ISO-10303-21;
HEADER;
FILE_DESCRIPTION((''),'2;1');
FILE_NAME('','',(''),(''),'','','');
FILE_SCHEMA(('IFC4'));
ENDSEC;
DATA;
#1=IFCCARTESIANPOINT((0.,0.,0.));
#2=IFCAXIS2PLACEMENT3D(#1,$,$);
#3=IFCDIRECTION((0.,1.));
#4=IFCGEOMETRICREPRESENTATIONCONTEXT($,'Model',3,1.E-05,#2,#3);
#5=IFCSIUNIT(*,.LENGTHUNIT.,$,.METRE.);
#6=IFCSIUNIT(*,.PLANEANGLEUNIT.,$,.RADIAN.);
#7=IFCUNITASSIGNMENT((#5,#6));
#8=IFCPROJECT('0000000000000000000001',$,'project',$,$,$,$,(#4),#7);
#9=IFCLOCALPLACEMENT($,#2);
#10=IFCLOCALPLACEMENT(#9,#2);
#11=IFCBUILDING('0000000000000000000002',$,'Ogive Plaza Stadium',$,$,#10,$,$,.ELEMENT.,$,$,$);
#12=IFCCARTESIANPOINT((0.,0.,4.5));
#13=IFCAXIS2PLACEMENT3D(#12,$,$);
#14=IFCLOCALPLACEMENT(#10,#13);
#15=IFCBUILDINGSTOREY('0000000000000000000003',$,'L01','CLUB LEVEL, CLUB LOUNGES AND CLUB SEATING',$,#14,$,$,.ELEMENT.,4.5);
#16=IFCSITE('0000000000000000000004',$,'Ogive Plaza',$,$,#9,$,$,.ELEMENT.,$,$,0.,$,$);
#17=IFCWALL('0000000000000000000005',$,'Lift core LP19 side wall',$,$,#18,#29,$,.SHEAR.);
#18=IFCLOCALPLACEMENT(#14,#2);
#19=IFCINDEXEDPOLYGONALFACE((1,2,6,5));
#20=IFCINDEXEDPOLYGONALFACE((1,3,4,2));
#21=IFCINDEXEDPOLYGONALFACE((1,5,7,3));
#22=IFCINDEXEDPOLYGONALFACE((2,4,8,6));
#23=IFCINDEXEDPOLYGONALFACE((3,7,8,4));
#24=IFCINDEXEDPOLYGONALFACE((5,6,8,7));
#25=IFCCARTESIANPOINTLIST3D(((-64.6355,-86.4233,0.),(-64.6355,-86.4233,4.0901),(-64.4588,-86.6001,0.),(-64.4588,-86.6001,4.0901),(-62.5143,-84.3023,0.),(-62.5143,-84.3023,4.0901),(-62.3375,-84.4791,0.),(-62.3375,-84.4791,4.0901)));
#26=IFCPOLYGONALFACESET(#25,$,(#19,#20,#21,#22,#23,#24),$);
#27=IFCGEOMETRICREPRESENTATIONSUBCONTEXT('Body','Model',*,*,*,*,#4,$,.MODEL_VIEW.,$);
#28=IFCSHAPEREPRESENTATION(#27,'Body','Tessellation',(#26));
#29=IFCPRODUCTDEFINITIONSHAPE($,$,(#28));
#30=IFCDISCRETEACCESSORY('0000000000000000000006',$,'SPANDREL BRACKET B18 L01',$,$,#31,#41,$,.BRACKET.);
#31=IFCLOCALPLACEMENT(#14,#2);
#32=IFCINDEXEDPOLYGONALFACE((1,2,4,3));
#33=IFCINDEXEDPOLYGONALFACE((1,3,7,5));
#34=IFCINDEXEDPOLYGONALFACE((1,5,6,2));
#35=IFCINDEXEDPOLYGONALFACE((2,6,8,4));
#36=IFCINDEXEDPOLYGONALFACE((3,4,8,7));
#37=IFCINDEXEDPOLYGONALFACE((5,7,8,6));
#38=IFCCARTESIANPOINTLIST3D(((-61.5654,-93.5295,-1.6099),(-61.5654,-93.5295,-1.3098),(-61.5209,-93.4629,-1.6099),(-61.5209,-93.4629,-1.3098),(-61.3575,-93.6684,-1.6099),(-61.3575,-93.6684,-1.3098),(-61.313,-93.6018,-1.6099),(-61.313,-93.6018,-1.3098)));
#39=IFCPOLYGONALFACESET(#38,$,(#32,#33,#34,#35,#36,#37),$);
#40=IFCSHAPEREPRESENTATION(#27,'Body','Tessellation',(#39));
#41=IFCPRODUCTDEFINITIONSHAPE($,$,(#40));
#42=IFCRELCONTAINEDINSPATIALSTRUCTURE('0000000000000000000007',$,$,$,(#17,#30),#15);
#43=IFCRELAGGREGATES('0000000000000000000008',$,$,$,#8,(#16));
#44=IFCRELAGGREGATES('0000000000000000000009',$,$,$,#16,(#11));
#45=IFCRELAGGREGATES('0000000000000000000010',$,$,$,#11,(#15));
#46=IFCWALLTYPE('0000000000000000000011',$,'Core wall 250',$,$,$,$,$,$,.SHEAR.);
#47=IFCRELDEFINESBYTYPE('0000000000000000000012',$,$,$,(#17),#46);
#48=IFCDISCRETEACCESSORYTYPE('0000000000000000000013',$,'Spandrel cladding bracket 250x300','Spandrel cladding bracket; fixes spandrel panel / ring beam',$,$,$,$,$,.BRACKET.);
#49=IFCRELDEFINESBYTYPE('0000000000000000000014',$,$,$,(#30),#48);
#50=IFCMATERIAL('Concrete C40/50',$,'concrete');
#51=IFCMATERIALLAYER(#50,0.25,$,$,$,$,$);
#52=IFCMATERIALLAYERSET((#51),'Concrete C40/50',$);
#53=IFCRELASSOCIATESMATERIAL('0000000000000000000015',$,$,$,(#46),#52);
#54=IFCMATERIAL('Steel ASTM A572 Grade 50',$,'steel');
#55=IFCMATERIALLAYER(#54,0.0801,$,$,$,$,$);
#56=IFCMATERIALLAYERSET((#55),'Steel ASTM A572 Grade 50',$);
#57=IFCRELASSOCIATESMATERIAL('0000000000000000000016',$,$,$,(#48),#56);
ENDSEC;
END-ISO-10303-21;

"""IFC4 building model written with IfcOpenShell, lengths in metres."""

from ifc_helpers import new_model, si_unit, direction, frame, frame_2d, origin, origin_2d, place, context, subcontext, project, spatial, rectangle, extrude, material, layer, layer_set, type_object, element, save


model = new_model("IFC4")

# Units and contexts
model_context = context("Model", 3, precision=1e-05, world=origin(), true_north=direction((0.0, 1.0)))
body_context = subcontext(model_context, "Body", "Model", "MODEL_VIEW")
ifc_project = project(units=[si_unit("LENGTHUNIT", "METRE"), si_unit("PLANEANGLEUNIT", "RADIAN")], contexts=[model_context])

# Site, building, storey
site_placement = place(None, origin())
site = spatial("IfcSite", under=ifc_project, at=site_placement, Name="Ogive Plaza", CompositionType="ELEMENT", RefElevation=0.0)
building_placement = place(site_placement, origin())
building = spatial("IfcBuilding", under=site, at=building_placement, Name="Ogive Plaza Stadium", CompositionType="ELEMENT")
storey_placement = place(building_placement, frame((0.0, 0.0, 4.5)))
storey = spatial("IfcBuildingStorey", under=building, at=storey_placement, Name="L01", Description="CLUB LEVEL, CLUB LOUNGES AND CLUB SEATING", CompositionType="ELEMENT", Elevation=4.5)

# Wall
ifc_material_1 = material(Name="Concrete C40/50", Category="concrete")
ifc_layer_1 = layer(ifc_material_1, 0.25)
ifc_layer_set_1 = layer_set([ifc_layer_1], Name="Concrete C40/50")
wall_type = type_object("IfcWallType", Name="Core wall 250", PredefinedType="SHEAR", material=ifc_layer_set_1)
wall_placement = place(storey_placement, frame((-62.4258, -84.3906, 0.0), z_axis=(0.0, 0.0, 1.0), x_axis=(-0.707147, -0.707066, 0.0)))
element("IfcWall", 1, at=wall_placement, inside=storey, type_object=wall_type, Name="Lift core LP19 side wall", PredefinedType="SHEAR", context=body_context, shape_type="SweptSolid", body=[
    extrude(rectangle(XDim=2.9998, YDim=0.25, at=frame_2d((1.5, 0.0))), origin(), (0.0, 0.0, 1.0), 4.0901),
])

# Discrete accessory
ifc_material_2 = material(Name="Steel ASTM A572 Grade 50", Category="steel")
ifc_layer_2 = layer(ifc_material_2, 0.0801)
ifc_layer_set_2 = layer_set([ifc_layer_2], Name="Steel ASTM A572 Grade 50")
discrete_accessory_type = type_object("IfcDiscreteAccessoryType", Name="Spandrel cladding bracket 250x300", Description="Spandrel cladding bracket; fixes spandrel panel / ring beam", PredefinedType="BRACKET", material=ifc_layer_set_2)
discrete_accessory_placement = place(storey_placement, frame((-61.4392, -93.5657, -1.6099), z_axis=(0.0, 0.0, 1.0), x_axis=(-0.83147, 0.55557, 0.0)))
element("IfcDiscreteAccessory", 2, at=discrete_accessory_placement, inside=storey, type_object=discrete_accessory_type, Name="SPANDREL BRACKET B18 L01", PredefinedType="BRACKET", context=body_context, shape_type="SweptSolid", body=[
    extrude(rectangle(XDim=0.25, YDim=0.0801, at=origin_2d()), origin(), (0.0, 0.0, 1.0), 0.3),
])

save(model, "model.ifc")
